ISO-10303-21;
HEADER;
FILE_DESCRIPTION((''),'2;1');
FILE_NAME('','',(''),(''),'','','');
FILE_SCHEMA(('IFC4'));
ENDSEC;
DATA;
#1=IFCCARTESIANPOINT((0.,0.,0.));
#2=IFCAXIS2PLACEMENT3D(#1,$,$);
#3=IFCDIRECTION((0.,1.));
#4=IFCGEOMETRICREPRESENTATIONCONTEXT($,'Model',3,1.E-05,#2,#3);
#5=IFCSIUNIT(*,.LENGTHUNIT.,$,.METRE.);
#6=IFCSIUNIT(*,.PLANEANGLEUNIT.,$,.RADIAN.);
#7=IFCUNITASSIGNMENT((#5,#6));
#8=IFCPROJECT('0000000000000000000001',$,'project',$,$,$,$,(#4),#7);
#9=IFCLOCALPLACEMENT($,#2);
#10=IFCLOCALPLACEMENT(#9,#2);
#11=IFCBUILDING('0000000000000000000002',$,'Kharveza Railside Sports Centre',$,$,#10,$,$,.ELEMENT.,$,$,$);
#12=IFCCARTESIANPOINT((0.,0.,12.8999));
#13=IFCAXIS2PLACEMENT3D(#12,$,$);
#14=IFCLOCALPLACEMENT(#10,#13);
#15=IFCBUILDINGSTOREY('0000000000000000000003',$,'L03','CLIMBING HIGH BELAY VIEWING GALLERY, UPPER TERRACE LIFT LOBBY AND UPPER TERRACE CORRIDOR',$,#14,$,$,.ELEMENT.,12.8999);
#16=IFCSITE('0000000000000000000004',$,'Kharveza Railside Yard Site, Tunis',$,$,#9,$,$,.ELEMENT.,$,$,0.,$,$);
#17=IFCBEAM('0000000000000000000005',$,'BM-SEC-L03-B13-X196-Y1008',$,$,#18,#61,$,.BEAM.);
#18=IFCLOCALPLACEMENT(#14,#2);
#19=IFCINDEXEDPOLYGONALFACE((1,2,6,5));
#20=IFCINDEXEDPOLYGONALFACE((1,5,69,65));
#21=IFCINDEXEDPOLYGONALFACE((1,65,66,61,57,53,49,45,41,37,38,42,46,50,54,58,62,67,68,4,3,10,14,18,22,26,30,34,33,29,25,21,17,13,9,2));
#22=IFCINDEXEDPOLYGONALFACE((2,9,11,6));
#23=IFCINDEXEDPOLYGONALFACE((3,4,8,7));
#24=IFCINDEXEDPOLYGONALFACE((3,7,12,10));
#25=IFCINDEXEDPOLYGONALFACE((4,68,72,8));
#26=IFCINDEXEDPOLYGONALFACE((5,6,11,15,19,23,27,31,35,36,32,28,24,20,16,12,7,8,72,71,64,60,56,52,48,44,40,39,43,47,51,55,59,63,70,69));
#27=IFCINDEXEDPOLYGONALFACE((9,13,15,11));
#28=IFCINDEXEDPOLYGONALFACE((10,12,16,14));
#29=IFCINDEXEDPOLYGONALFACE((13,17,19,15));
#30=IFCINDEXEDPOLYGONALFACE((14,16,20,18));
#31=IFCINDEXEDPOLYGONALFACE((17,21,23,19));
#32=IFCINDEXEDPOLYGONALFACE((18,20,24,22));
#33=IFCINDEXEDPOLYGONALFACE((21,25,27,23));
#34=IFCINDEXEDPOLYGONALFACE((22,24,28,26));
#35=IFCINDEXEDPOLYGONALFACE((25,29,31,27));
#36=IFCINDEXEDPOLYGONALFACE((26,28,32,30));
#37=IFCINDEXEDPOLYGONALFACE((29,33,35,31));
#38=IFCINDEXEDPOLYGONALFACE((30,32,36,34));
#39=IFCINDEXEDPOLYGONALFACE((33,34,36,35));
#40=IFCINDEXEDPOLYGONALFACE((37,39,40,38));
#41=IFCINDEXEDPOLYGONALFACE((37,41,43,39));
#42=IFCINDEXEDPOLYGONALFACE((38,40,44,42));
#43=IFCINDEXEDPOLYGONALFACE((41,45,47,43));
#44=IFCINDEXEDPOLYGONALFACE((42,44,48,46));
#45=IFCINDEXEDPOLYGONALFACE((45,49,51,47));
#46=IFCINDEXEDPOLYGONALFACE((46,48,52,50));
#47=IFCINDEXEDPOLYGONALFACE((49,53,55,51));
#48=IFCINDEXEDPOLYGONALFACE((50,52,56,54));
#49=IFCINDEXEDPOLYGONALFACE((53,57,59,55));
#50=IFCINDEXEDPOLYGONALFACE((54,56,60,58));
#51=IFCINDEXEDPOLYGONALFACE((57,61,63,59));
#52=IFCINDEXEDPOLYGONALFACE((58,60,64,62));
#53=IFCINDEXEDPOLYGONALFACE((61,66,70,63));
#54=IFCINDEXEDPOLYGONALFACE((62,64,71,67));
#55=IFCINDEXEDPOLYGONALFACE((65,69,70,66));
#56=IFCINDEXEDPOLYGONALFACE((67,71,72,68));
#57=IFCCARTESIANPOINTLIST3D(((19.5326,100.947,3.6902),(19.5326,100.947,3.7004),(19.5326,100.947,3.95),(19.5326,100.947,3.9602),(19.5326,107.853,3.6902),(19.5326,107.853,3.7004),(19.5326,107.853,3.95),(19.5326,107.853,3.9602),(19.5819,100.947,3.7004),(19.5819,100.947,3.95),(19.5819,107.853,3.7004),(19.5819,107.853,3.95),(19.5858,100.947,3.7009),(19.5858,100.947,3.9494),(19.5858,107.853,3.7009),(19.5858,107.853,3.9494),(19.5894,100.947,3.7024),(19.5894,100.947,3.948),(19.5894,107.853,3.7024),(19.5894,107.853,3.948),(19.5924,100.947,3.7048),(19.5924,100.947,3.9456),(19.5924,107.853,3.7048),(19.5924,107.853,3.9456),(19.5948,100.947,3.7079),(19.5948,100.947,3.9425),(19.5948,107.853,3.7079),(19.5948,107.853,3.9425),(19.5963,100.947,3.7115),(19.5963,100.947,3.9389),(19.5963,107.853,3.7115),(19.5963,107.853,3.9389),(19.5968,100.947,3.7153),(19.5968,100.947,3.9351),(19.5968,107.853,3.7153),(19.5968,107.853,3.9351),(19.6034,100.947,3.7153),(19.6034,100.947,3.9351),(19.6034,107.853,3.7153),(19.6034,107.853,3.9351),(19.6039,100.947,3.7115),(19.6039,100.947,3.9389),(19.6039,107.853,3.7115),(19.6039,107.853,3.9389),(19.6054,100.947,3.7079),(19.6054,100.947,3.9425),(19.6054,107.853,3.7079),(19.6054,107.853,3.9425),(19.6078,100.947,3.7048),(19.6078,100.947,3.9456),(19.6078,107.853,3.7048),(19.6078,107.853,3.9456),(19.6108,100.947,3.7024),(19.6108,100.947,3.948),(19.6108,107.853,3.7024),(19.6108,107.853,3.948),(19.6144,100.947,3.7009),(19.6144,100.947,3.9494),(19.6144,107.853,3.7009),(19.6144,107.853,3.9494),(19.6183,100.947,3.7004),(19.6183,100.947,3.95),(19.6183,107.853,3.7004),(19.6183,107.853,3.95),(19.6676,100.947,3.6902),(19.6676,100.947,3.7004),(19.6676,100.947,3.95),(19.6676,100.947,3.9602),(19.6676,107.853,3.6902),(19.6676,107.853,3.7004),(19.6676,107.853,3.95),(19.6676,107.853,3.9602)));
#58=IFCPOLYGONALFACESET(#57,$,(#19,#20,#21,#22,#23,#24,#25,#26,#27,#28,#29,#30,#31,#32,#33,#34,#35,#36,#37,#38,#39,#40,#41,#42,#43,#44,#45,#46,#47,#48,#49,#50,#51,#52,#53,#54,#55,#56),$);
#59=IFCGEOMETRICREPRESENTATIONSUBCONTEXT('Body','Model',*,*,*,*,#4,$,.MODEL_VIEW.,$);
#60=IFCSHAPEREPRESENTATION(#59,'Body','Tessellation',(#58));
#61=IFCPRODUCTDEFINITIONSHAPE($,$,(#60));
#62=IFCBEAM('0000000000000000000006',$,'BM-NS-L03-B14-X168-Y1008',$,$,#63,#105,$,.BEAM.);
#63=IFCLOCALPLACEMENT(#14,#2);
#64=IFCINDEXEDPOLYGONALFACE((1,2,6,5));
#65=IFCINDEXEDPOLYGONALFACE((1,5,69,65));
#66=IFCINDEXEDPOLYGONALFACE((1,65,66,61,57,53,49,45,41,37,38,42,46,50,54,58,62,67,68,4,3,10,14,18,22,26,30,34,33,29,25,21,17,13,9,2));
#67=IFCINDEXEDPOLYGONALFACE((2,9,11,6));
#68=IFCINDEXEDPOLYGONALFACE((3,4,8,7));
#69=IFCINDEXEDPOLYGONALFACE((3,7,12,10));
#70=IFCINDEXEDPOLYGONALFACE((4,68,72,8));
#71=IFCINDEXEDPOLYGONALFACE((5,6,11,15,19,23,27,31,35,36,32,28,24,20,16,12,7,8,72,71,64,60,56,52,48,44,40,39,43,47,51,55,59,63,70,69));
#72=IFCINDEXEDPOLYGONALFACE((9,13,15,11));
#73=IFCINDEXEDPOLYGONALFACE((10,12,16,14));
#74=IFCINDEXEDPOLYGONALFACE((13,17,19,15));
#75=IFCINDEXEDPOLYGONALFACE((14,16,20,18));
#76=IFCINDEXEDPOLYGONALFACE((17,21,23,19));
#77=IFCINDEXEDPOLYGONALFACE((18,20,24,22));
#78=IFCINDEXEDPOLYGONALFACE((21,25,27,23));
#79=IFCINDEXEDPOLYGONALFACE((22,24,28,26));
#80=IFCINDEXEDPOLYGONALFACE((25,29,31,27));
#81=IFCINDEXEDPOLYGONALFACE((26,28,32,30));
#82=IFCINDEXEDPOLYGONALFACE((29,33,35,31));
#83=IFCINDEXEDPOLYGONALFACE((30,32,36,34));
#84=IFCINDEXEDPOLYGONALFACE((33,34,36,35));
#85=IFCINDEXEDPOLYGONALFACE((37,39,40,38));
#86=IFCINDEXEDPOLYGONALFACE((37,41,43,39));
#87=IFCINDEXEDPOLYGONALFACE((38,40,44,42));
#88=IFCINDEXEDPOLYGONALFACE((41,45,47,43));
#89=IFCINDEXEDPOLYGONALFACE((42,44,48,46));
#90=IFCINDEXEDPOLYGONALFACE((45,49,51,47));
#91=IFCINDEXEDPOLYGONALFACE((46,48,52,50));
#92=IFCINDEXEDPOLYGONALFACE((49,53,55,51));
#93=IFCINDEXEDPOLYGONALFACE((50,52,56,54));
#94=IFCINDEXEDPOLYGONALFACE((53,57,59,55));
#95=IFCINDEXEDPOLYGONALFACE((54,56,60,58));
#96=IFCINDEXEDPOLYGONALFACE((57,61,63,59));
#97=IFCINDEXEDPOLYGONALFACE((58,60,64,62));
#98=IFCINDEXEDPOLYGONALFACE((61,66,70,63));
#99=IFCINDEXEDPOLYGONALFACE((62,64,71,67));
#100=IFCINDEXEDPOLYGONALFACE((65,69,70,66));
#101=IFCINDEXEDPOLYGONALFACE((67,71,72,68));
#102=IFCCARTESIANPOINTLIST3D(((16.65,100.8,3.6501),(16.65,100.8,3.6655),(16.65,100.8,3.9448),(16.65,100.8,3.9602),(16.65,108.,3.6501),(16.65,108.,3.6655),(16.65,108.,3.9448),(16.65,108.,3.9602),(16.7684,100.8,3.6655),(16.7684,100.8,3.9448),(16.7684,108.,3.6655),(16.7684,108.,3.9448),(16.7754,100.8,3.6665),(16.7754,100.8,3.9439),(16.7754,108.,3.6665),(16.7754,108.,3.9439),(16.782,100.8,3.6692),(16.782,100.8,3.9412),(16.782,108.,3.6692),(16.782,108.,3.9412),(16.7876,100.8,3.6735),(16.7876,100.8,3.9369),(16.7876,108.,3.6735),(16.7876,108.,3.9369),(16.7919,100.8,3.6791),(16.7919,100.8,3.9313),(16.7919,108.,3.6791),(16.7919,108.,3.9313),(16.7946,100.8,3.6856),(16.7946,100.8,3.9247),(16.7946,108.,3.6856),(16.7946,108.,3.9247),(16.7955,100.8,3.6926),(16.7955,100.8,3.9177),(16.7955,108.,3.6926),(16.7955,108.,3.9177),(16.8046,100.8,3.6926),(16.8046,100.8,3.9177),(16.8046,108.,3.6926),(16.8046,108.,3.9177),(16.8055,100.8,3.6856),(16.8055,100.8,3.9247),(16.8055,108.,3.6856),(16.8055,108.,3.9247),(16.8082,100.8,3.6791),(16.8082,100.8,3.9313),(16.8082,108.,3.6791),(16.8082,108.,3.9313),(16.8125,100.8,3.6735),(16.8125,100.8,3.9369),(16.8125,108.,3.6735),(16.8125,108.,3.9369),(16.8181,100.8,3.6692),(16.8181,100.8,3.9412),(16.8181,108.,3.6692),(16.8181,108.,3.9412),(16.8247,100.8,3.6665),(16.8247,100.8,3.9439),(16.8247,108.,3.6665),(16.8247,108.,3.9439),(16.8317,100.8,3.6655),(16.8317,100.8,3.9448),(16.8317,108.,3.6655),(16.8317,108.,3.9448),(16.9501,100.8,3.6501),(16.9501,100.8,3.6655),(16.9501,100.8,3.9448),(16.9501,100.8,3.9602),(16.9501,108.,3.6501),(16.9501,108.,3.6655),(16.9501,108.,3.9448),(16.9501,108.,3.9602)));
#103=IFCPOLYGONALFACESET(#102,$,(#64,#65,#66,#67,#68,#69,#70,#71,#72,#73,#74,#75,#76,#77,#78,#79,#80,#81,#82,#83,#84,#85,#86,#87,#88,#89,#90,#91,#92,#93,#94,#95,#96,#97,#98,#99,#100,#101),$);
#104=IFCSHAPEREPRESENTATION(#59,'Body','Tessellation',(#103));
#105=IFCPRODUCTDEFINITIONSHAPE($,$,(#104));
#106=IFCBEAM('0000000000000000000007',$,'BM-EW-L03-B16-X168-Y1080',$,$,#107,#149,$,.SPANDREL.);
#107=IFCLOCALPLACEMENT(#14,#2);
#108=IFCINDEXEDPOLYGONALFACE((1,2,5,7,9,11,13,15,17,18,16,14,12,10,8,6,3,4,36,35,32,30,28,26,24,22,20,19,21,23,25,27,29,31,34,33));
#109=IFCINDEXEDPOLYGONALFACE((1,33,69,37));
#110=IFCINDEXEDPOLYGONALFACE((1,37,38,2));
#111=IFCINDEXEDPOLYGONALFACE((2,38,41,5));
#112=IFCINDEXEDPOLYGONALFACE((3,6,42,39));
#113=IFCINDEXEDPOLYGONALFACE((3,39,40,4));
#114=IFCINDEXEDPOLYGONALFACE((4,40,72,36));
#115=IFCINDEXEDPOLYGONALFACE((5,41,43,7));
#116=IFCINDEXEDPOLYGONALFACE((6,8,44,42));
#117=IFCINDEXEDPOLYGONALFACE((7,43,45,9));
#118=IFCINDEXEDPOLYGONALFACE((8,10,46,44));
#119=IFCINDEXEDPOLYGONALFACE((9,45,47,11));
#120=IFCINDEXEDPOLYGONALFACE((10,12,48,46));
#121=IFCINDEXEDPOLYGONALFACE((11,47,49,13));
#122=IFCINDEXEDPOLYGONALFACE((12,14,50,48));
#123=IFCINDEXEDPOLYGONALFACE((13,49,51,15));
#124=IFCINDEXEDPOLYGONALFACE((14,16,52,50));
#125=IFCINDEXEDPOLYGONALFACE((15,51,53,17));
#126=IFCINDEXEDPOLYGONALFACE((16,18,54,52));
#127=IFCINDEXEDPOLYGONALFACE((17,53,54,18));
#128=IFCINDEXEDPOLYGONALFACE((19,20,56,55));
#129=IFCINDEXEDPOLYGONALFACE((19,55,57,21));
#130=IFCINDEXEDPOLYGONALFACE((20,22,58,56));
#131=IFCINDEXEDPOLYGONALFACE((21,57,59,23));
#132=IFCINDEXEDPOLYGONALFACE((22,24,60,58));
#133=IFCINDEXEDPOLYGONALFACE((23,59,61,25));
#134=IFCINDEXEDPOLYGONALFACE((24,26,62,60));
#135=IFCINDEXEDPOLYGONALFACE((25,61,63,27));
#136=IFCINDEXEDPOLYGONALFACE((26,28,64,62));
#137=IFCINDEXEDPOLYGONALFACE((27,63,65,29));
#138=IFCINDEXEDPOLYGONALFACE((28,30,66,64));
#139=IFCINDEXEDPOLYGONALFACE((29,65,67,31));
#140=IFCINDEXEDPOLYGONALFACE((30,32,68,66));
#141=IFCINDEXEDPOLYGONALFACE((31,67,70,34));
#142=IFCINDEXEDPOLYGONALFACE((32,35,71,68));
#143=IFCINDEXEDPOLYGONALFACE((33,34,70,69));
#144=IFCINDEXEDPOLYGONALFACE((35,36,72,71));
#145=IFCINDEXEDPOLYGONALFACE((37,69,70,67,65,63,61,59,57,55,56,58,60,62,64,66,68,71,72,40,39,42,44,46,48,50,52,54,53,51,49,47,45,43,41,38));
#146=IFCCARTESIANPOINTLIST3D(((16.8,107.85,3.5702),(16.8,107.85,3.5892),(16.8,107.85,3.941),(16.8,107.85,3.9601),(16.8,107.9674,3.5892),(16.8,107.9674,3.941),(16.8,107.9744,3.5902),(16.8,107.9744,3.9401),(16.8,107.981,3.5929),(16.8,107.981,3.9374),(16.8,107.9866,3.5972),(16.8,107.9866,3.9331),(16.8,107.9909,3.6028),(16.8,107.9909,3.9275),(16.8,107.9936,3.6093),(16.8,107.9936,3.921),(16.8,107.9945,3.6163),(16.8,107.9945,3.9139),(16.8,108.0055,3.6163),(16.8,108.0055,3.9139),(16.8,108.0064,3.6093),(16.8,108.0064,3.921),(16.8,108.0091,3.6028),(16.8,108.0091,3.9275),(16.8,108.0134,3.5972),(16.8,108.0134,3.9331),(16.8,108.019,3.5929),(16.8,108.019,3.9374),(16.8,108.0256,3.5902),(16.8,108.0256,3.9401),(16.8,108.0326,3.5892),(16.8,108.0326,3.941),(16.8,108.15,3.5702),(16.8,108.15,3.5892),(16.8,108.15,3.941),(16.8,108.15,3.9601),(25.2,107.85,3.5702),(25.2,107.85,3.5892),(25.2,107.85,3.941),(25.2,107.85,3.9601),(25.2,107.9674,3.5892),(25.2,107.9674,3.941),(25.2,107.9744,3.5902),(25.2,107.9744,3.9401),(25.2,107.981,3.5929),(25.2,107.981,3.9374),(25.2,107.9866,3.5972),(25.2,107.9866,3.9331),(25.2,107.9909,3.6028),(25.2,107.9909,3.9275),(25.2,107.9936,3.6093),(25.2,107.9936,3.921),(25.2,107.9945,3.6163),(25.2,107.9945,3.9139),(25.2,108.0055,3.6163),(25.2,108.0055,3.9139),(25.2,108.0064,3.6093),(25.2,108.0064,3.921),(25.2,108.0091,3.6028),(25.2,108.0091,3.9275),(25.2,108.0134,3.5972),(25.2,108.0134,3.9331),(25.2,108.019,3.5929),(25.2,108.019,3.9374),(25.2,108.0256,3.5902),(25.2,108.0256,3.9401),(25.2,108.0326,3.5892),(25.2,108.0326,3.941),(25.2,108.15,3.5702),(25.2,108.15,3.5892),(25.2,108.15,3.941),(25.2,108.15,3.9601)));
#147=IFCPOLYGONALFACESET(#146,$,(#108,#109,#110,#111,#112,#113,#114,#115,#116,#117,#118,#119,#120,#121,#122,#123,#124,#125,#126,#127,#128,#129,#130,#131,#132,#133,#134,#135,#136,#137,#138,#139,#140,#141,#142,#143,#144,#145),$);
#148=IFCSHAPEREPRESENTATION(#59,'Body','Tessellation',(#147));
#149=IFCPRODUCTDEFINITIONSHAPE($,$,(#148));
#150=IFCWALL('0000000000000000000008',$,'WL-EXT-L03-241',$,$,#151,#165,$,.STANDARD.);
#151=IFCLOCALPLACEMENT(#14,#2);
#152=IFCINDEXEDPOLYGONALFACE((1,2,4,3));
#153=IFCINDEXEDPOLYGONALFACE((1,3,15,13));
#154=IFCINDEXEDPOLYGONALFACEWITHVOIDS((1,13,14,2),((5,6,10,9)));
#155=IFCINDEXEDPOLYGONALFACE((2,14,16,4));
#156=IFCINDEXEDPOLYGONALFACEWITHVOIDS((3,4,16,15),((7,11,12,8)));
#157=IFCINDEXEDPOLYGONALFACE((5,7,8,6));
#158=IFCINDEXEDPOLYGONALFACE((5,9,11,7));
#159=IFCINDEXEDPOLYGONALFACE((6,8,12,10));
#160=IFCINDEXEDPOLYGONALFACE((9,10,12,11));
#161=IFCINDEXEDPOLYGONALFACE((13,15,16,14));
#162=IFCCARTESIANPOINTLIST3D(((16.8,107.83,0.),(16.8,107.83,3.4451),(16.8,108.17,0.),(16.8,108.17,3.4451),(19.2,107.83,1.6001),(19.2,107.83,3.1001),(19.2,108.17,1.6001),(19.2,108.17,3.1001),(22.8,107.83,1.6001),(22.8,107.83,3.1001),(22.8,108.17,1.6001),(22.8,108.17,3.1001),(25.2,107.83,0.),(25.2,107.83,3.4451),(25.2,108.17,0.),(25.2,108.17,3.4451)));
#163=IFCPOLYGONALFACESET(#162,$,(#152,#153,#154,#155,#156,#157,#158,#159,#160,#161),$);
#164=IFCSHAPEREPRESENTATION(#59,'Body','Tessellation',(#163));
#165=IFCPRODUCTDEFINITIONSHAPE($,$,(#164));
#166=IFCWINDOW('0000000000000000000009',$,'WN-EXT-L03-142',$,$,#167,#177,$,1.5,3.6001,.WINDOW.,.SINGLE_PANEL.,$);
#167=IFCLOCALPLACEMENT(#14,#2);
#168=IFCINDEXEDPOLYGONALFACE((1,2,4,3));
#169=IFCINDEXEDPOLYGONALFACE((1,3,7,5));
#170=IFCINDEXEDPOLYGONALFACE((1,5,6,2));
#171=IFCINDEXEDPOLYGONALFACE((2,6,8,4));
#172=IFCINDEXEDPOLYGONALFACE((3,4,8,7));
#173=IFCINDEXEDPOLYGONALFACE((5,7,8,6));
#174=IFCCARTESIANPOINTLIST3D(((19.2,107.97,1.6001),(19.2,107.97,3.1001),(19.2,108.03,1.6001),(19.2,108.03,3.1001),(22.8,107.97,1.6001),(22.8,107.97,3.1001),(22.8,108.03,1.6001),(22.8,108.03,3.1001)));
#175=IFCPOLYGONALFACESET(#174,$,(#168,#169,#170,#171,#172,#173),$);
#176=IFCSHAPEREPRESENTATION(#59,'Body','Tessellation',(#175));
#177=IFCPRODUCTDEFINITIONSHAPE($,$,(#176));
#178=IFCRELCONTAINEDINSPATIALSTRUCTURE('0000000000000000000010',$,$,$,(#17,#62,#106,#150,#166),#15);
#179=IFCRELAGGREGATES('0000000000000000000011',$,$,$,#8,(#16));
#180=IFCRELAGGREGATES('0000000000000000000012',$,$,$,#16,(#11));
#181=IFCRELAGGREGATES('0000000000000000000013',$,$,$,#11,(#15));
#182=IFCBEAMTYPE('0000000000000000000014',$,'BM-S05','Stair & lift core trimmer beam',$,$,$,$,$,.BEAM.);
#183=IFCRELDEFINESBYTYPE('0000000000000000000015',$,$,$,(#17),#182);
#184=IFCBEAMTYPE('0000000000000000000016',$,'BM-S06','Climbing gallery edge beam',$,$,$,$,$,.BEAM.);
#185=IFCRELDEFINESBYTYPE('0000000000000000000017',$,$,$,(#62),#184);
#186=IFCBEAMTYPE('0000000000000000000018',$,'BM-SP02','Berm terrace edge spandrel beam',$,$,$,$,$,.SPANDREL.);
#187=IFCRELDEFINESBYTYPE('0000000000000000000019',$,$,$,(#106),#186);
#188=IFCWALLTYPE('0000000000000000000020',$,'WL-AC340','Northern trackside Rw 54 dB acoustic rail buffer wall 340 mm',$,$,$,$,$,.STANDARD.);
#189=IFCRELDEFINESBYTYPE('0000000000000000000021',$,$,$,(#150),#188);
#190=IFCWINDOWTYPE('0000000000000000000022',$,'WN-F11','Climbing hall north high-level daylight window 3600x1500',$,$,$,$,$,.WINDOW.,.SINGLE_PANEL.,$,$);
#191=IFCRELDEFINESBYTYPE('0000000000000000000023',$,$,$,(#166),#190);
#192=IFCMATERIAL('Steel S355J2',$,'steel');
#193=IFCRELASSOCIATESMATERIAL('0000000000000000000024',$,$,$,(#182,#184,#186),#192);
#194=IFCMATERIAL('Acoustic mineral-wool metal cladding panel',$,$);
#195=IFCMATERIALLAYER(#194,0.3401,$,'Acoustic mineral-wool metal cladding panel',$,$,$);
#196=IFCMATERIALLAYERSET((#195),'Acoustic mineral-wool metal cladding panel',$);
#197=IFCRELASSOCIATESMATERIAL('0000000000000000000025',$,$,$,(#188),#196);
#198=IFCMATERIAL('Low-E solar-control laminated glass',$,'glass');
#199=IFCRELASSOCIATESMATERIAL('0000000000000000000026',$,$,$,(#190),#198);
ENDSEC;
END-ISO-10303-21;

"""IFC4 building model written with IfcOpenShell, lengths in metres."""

from ifc_helpers import new_model, si_unit, direction, frame, frame_2d, origin, origin_2d, place, context, subcontext, project, spatial, rectangle, i_section, extrude, material, layer, layer_set, material_profile, profile_set, type_object, element, fill, save


model = new_model("IFC4")

# Units and contexts
model_context = context("Model", 3, precision=1e-05, world=origin(), true_north=direction((0.0, 1.0)))
body_context = subcontext(model_context, "Body", "Model", "MODEL_VIEW")
ifc_project = project(units=[si_unit("LENGTHUNIT", "METRE"), si_unit("PLANEANGLEUNIT", "RADIAN")], contexts=[model_context])

# Site, building, storey
site_placement = place(None, origin())
site = spatial("IfcSite", under=ifc_project, at=site_placement, Name="Kharveza Railside Yard Site, Tunis", CompositionType="ELEMENT", RefElevation=0.0)
building_placement = place(site_placement, origin())
building = spatial("IfcBuilding", under=site, at=building_placement, Name="Kharveza Railside Sports Centre", CompositionType="ELEMENT")
storey_placement = place(building_placement, frame((0.0, 0.0, 12.8999)))
storey = spatial("IfcBuildingStorey", under=building, at=storey_placement, Name="L03", Description="CLIMBING HIGH BELAY VIEWING GALLERY, UPPER TERRACE LIFT LOBBY AND UPPER TERRACE CORRIDOR", CompositionType="ELEMENT", Elevation=12.8999)

# Shared definitions
ifc_material_1 = material(Name="Steel S355J2", Category="steel")

# Beams
ifc_material_profile_1 = material_profile(ifc_material_1, i_section(OverallWidth=0.135, OverallDepth=0.27, WebThickness=0.0066, FlangeThickness=0.0103, FilletRadius=0.0149, at=origin_2d()), Name="IPE 270")
ifc_profile_set_1 = profile_set([ifc_material_profile_1], Name="Steel S355J2")
beam_type_1 = type_object("IfcBeamType", Name="BM-S05", Description="Stair & lift core trimmer beam", PredefinedType="BEAM", material=ifc_profile_set_1)
beam_1_placement = place(storey_placement, frame((19.6001, 100.947, 3.8252), z_axis=(0.0, 1.0, 0.0), x_axis=(-1.0, 0.0, 0.0)))
element("IfcBeam", 1, at=beam_1_placement, inside=storey, type_object=beam_type_1, Name="BM-SEC-L03-B13-X196-Y1008", PredefinedType="BEAM", context=body_context, shape_type="SweptSolid", body=[
    extrude(i_section(OverallWidth=0.135, OverallDepth=0.27, WebThickness=0.0066, FlangeThickness=0.0103, FilletRadius=0.0149, at=origin_2d()), origin(), (0.0, 0.0, 1.0), 6.906),
])
ifc_material_profile_2 = material_profile(ifc_material_1, i_section(OverallWidth=0.3, OverallDepth=0.3101, WebThickness=0.009, FlangeThickness=0.0154, FilletRadius=0.0271, at=origin_2d()), Name="HEA 320")
ifc_profile_set_2 = profile_set([ifc_material_profile_2], Name="Steel S355J2")
beam_type_2 = type_object("IfcBeamType", Name="BM-S06", Description="Climbing gallery edge beam", PredefinedType="BEAM", material=ifc_profile_set_2)
beam_2_placement = place(storey_placement, frame((16.8, 100.8, 3.8052), z_axis=(0.0, 1.0, 0.0), x_axis=(-1.0, 0.0, 0.0)))
element("IfcBeam", 2, at=beam_2_placement, inside=storey, type_object=beam_type_2, Name="BM-NS-L03-B14-X168-Y1008", PredefinedType="BEAM", context=body_context, shape_type="SweptSolid", body=[
    extrude(i_section(OverallWidth=0.3, OverallDepth=0.3101, WebThickness=0.009, FlangeThickness=0.0154, FilletRadius=0.0271, at=origin_2d()), origin(), (0.0, 0.0, 1.0), 7.2),
])
ifc_material_profile_3 = material_profile(ifc_material_1, i_section(OverallWidth=0.3, OverallDepth=0.3899, WebThickness=0.011, FlangeThickness=0.019, FilletRadius=0.0271, at=origin_2d()), Name="HEA 400")
ifc_profile_set_3 = profile_set([ifc_material_profile_3], Name="Steel S355J2")
beam_type_3 = type_object("IfcBeamType", Name="BM-SP02", Description="Berm terrace edge spandrel beam", PredefinedType="SPANDREL", material=ifc_profile_set_3)
beam_3_placement = place(storey_placement, frame((16.8, 108.0, 3.7651), z_axis=(1.0, 0.0, 0.0), x_axis=(0.0, 1.0, 0.0)))
element("IfcBeam", 3, at=beam_3_placement, inside=storey, type_object=beam_type_3, Name="BM-EW-L03-B16-X168-Y1080", PredefinedType="SPANDREL", context=body_context, shape_type="SweptSolid", body=[
    extrude(i_section(OverallWidth=0.3, OverallDepth=0.3899, WebThickness=0.011, FlangeThickness=0.019, FilletRadius=0.0271, at=origin_2d()), origin(), (0.0, 0.0, 1.0), 8.3999),
])

# Wall, opening, window
ifc_material_2 = material(Name="Acoustic mineral-wool metal cladding panel")
ifc_layer_1 = layer(ifc_material_2, 0.3401, Name="Acoustic mineral-wool metal cladding panel")
ifc_layer_set_1 = layer_set([ifc_layer_1], Name="Acoustic mineral-wool metal cladding panel")
wall_type_1 = type_object("IfcWallType", Name="WL-AC340", Description="Northern trackside Rw 54 dB acoustic rail buffer wall 340 mm", PredefinedType="STANDARD", material=ifc_layer_set_1)
wall_1_placement = place(storey_placement, frame((25.2, 108.0, 0.0), z_axis=(0.0, 0.0, 1.0), x_axis=(-1.0, 0.0, 0.0)))
wall_1 = element("IfcWall", 4, at=wall_1_placement, inside=storey, type_object=wall_type_1, Name="WL-EXT-L03-241", PredefinedType="STANDARD", context=body_context, shape_type="SweptSolid", body=[
    extrude(rectangle(XDim=8.3999, YDim=0.3401, at=frame_2d((4.2, 0.0))), origin(), (0.0, 0.0, 1.0), 3.4451),
])
opening_1_placement = place(wall_1_placement, frame((2.3999, 0.0, 1.6001)))
opening_1 = element("IfcOpeningElement", 5, at=opening_1_placement, cuts=wall_1, PredefinedType="OPENING", context=body_context, shape_type="SweptSolid", body=[
    extrude(rectangle(XDim=3.6001, YDim=1.5, at=frame_2d((1.8, 0.75))), frame((0.0, 0.1948, 0.0), z_axis=(0.0, -1.0, 0.0), x_axis=(1.0, 0.0, 0.0)), (0.0, 0.0, 1.0), 0.3899),
])
ifc_material_3 = material(Name="Low-E solar-control laminated glass", Category="glass")
window_type_1 = type_object("IfcWindowType", Name="WN-F11", Description="Climbing hall north high-level daylight window 3600x1500", PartitioningType="SINGLE_PANEL", PredefinedType="WINDOW", material=ifc_material_3)
window_1_placement = place(opening_1_placement, origin())
window_1 = element("IfcWindow", 6, at=window_1_placement, inside=storey, type_object=window_type_1, Name="WN-EXT-L03-142", OverallHeight=1.5, OverallWidth=3.6001, PartitioningType="SINGLE_PANEL", PredefinedType="WINDOW", context=body_context, shape_type="SweptSolid", body=[
    extrude(rectangle(XDim=3.6001, YDim=1.5, at=frame_2d((1.8, 0.75))), frame((0.0, 0.03, 0.0), z_axis=(0.0, -1.0, 0.0), x_axis=(1.0, 0.0, 0.0)), (0.0, 0.0, 1.0), 0.0601),
])
fill(opening_1, window_1)

save(model, "model.ifc")
